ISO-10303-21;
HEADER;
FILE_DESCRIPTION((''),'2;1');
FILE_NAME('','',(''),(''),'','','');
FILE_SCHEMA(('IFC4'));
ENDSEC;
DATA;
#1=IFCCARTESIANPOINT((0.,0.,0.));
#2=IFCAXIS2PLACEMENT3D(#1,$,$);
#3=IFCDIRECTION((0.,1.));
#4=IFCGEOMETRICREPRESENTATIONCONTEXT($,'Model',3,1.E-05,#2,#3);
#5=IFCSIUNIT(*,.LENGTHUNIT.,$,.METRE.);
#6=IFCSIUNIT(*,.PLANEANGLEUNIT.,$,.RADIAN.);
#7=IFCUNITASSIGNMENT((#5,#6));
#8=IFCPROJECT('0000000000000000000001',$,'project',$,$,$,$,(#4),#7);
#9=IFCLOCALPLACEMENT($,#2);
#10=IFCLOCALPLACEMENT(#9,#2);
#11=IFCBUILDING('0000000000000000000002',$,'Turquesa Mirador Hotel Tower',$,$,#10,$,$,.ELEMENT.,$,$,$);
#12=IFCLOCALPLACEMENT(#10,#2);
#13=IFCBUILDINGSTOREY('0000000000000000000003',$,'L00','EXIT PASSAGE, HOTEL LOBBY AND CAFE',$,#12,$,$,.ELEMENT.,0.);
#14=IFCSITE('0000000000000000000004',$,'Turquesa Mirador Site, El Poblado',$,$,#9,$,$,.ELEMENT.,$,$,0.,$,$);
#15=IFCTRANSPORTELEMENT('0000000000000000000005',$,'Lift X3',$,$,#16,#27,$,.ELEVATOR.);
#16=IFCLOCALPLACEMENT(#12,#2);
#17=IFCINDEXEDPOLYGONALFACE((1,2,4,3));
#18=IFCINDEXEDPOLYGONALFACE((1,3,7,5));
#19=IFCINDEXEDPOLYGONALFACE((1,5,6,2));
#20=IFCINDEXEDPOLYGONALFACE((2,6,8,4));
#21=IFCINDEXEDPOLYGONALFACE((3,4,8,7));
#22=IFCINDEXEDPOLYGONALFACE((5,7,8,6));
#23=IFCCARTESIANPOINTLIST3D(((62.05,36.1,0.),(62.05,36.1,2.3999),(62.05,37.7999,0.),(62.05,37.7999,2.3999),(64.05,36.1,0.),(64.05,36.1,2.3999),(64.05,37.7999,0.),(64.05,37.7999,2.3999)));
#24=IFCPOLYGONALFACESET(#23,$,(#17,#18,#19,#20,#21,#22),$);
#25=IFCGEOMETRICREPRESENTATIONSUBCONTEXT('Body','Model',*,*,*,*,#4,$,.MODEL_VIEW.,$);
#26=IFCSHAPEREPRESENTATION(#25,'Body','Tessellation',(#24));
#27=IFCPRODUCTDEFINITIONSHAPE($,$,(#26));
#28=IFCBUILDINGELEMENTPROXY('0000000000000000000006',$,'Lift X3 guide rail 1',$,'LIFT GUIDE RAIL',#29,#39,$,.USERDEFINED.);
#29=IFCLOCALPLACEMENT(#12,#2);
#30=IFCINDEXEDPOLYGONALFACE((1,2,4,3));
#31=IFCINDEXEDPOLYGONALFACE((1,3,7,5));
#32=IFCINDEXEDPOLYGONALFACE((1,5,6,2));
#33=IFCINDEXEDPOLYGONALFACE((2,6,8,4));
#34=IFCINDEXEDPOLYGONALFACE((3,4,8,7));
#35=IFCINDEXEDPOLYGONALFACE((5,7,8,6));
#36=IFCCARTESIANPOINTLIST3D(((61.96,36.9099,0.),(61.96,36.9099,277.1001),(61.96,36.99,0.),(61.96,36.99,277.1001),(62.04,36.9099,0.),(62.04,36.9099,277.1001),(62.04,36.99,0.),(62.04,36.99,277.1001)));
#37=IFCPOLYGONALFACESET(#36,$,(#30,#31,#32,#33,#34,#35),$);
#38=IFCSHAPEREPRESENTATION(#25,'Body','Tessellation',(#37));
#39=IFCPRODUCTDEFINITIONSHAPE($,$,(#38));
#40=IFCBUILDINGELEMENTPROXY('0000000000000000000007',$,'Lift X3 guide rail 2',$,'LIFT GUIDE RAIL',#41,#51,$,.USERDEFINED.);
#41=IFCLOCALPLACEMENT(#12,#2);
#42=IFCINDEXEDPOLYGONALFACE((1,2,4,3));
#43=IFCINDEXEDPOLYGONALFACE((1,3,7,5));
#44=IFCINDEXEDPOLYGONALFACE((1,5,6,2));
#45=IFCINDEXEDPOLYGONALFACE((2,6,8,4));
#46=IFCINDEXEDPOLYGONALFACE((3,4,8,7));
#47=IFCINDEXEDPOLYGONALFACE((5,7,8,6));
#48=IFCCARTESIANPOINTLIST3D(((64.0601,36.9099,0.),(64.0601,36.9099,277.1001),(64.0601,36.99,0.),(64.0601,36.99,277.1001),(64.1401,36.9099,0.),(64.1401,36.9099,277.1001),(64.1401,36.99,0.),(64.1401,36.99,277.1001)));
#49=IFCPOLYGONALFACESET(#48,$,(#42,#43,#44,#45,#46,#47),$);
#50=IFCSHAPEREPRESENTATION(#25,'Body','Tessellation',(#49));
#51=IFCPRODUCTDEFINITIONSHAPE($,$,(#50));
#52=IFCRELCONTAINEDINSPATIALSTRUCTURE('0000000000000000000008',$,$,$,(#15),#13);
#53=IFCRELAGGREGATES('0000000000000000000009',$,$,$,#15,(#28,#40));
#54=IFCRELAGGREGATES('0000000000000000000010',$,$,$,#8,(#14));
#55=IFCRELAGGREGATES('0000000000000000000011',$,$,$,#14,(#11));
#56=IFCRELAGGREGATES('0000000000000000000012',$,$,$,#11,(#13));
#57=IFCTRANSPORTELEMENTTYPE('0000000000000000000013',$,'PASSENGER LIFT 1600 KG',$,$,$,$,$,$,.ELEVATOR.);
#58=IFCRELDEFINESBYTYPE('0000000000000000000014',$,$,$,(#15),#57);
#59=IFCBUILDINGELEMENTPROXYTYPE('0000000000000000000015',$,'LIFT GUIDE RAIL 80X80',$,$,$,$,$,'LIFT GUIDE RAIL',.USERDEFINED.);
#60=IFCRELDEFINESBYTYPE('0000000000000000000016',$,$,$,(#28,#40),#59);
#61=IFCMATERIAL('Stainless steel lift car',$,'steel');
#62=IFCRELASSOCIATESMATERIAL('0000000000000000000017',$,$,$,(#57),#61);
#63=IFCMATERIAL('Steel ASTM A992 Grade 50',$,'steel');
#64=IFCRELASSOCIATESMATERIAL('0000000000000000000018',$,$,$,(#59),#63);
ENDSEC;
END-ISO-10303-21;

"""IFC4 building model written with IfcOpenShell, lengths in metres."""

from ifc_helpers import new_model, si_unit, direction, frame, origin, origin_2d, place, context, subcontext, project, spatial, rectangle, extrude, material, type_object, element, aggregate, save


model = new_model("IFC4")

# Units and contexts
model_context = context("Model", 3, precision=1e-05, world=origin(), true_north=direction((0.0, 1.0)))
body_context = subcontext(model_context, "Body", "Model", "MODEL_VIEW")
ifc_project = project(units=[si_unit("LENGTHUNIT", "METRE"), si_unit("PLANEANGLEUNIT", "RADIAN")], contexts=[model_context])

# Site, building, storey
site_placement = place(None, origin())
site = spatial("IfcSite", under=ifc_project, at=site_placement, Name="Turquesa Mirador Site, El Poblado", CompositionType="ELEMENT", RefElevation=0.0)
building_placement = place(site_placement, origin())
building = spatial("IfcBuilding", under=site, at=building_placement, Name="Turquesa Mirador Hotel Tower", CompositionType="ELEMENT")
storey_placement = place(building_placement, origin())
storey = spatial("IfcBuildingStorey", under=building, at=storey_placement, Name="L00", Description="EXIT PASSAGE, HOTEL LOBBY AND CAFE", CompositionType="ELEMENT", Elevation=0.0)

# Transport element, building element proxies
ifc_material_1 = material(Name="Stainless steel lift car", Category="steel")
transport_element_type = type_object("IfcTransportElementType", Name="PASSENGER LIFT 1600 KG", PredefinedType="ELEVATOR", material=ifc_material_1)
transport_element_placement = place(storey_placement, frame((63.05, 36.95, 0.0), z_axis=(0.0, 0.0, 1.0), x_axis=(1.0, 0.0, 0.0)))
transport_element = element("IfcTransportElement", 1, at=transport_element_placement, inside=storey, type_object=transport_element_type, Name="Lift X3", PredefinedType="ELEVATOR", context=body_context, shape_type="SweptSolid", body=[
    extrude(rectangle(XDim=2.0, YDim=1.7, at=origin_2d()), origin(), (0.0, 0.0, 1.0), 2.3999),
])
ifc_material_2 = material(Name="Steel ASTM A992 Grade 50", Category="steel")
building_element_proxy_type = type_object("IfcBuildingElementProxyType", Name="LIFT GUIDE RAIL 80X80", ElementType="LIFT GUIDE RAIL", PredefinedType="USERDEFINED", material=ifc_material_2)
proxy_1_placement = place(storey_placement, frame((62.0, 36.95, 0.0), z_axis=(0.0, 0.0, 1.0), x_axis=(1.0, 0.0, 0.0)))
proxy_1 = element("IfcBuildingElementProxy", 2, at=proxy_1_placement, type_object=building_element_proxy_type, Name="Lift X3 guide rail 1", ObjectType="LIFT GUIDE RAIL", PredefinedType="USERDEFINED", context=body_context, shape_type="SweptSolid", body=[
    extrude(rectangle(XDim=0.0801, YDim=0.0801, at=origin_2d()), origin(), (0.0, 0.0, 1.0), 277.1001),
])
proxy_2_placement = place(storey_placement, frame((64.1001, 36.95, 0.0), z_axis=(0.0, 0.0, 1.0), x_axis=(1.0, 0.0, 0.0)))
proxy_2 = element("IfcBuildingElementProxy", 3, at=proxy_2_placement, type_object=building_element_proxy_type, Name="Lift X3 guide rail 2", ObjectType="LIFT GUIDE RAIL", PredefinedType="USERDEFINED", context=body_context, shape_type="SweptSolid", body=[
    extrude(rectangle(XDim=0.0801, YDim=0.0801, at=origin_2d()), origin(), (0.0, 0.0, 1.0), 277.1001),
])
aggregate(transport_element, [proxy_1, proxy_2])

save(model, "model.ifc")
